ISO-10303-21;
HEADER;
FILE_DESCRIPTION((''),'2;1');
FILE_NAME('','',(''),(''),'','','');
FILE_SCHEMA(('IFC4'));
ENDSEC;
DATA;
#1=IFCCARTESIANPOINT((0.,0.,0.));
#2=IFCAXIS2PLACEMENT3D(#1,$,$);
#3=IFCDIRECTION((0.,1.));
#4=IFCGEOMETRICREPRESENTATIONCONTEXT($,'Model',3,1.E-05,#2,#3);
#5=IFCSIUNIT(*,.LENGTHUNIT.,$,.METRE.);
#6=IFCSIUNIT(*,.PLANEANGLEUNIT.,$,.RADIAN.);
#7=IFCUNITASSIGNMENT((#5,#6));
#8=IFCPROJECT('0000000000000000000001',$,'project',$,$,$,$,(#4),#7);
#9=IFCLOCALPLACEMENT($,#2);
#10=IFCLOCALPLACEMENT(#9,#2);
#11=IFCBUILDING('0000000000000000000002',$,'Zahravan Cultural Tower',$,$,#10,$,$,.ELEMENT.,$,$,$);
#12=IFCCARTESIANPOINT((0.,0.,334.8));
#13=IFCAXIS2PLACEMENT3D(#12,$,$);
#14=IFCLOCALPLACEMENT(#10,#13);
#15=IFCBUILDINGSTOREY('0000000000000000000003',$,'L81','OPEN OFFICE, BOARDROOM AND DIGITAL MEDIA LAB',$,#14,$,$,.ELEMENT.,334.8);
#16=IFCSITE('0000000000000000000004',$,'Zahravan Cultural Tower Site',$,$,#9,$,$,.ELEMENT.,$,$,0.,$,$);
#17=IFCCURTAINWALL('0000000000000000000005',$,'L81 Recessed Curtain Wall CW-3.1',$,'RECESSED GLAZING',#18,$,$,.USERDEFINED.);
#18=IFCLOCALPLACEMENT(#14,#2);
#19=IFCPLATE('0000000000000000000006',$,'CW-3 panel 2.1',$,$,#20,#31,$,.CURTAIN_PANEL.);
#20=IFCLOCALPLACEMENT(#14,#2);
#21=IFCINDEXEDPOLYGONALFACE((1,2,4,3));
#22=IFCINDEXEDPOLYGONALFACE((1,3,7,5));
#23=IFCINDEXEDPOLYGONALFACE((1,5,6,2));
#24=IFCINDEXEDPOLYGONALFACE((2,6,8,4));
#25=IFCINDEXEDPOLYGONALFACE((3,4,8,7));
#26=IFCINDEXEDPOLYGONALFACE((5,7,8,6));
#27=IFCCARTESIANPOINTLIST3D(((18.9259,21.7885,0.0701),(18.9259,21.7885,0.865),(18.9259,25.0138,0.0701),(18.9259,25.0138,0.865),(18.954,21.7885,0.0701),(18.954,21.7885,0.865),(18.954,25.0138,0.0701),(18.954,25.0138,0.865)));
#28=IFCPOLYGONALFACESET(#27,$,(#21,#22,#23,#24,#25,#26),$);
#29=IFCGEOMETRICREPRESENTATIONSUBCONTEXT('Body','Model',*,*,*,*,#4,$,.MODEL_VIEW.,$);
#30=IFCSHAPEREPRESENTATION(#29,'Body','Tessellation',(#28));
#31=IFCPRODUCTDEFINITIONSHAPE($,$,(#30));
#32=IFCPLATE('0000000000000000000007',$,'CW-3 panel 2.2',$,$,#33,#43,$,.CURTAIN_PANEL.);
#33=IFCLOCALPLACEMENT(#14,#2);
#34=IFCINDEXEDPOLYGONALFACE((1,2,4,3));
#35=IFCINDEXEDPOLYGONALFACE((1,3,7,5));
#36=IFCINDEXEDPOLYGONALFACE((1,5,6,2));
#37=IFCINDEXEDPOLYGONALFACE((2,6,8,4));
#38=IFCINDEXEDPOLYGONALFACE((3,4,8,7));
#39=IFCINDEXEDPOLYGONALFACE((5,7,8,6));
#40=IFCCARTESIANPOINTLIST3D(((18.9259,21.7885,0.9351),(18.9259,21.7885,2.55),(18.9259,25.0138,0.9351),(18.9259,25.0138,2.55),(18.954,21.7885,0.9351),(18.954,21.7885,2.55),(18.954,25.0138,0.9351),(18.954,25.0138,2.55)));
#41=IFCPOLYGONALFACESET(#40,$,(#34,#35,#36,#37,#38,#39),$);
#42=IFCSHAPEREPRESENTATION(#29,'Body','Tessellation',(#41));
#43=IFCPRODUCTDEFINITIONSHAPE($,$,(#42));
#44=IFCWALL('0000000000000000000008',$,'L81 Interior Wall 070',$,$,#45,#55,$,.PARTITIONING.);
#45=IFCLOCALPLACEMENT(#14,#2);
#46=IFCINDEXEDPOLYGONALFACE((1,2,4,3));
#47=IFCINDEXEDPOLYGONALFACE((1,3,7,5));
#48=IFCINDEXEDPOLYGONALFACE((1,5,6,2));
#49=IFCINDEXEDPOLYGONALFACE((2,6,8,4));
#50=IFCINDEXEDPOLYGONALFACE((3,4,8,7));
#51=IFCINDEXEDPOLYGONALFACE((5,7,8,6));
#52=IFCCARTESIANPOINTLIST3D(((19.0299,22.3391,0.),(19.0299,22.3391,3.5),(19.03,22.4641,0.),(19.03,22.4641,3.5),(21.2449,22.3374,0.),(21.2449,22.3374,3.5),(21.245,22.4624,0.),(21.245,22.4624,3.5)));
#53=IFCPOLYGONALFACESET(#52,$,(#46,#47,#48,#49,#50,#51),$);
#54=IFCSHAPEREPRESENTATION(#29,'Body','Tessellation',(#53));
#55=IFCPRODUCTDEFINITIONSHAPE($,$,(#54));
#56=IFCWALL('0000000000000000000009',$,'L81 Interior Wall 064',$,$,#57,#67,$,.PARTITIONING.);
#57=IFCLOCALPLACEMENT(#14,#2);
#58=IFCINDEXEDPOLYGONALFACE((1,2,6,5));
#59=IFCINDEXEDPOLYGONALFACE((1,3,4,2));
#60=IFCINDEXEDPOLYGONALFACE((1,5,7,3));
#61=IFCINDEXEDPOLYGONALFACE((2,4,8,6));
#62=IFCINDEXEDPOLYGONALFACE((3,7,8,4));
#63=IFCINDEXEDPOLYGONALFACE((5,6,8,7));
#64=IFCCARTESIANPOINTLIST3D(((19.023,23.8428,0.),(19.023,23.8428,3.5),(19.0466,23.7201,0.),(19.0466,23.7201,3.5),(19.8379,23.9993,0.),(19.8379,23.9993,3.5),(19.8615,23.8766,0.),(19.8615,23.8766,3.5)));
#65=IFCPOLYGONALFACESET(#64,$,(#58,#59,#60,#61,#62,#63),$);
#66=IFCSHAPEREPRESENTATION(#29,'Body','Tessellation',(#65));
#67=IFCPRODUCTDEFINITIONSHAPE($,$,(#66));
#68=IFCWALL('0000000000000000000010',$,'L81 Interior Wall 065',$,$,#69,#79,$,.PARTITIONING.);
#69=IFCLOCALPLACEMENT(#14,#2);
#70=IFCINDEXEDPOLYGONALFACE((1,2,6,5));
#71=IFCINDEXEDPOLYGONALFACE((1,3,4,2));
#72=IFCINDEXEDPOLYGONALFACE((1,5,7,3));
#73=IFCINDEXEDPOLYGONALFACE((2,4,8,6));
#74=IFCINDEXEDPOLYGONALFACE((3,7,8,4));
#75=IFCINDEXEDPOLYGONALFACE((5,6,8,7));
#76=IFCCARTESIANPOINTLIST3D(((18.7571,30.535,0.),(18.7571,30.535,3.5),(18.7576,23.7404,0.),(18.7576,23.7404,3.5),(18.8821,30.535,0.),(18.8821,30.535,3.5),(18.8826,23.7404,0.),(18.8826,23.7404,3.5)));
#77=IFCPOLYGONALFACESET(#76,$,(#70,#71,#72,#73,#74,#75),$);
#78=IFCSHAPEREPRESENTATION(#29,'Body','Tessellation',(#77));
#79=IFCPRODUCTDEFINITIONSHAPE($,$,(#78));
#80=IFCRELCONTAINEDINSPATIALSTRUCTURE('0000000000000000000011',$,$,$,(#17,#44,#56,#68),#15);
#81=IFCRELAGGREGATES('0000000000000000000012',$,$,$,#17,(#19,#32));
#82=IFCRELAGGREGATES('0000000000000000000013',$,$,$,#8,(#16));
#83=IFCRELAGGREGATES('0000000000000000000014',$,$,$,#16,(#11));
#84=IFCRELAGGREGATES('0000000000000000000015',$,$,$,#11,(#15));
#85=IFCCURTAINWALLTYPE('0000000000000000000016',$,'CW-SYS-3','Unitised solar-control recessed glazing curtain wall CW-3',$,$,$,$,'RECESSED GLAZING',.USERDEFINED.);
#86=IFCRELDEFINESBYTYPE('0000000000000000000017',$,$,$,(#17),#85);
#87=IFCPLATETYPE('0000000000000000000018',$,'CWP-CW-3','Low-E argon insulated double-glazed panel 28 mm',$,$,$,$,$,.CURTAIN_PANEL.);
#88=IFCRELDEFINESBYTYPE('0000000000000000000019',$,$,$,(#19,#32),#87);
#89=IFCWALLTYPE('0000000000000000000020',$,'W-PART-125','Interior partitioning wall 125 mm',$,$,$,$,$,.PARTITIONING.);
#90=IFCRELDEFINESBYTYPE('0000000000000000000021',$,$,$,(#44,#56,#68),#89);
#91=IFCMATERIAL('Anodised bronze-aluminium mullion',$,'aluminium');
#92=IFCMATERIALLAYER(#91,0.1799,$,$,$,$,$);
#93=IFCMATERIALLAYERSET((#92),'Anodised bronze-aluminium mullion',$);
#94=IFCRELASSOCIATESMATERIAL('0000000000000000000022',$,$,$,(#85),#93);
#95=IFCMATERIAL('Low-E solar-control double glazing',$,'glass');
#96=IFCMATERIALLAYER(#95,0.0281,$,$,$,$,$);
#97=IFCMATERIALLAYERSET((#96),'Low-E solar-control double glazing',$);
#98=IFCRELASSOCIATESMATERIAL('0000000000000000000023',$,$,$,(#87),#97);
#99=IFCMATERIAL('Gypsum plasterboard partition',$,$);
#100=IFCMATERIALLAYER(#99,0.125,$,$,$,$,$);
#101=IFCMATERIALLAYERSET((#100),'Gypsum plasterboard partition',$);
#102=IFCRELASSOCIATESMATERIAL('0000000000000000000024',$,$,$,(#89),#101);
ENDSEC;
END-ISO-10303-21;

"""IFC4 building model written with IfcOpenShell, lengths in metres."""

from ifc_helpers import new_model, si_unit, direction, frame, frame_2d, origin, origin_2d, place, context, subcontext, project, spatial, rectangle, extrude, source, transform, mapped, material, layer, layer_set, type_object, element, aggregate, save


model = new_model("IFC4")

# Units and contexts
model_context = context("Model", 3, precision=1e-05, world=origin(), true_north=direction((0.0, 1.0)))
body_context = subcontext(model_context, "Body", "Model", "MODEL_VIEW")
ifc_project = project(units=[si_unit("LENGTHUNIT", "METRE"), si_unit("PLANEANGLEUNIT", "RADIAN")], contexts=[model_context])

# Site, building, storey
site_placement = place(None, origin())
site = spatial("IfcSite", under=ifc_project, at=site_placement, Name="Zahravan Cultural Tower Site", CompositionType="ELEMENT", RefElevation=0.0)
building_placement = place(site_placement, origin())
building = spatial("IfcBuilding", under=site, at=building_placement, Name="Zahravan Cultural Tower", CompositionType="ELEMENT")
storey_placement = place(building_placement, frame((0.0, 0.0, 334.8)))
storey = spatial("IfcBuildingStorey", under=building, at=storey_placement, Name="L81", Description="OPEN OFFICE, BOARDROOM AND DIGITAL MEDIA LAB", CompositionType="ELEMENT", Elevation=334.8)

# Curtain wall, plates
ifc_material_1 = material(Name="Anodised bronze-aluminium mullion", Category="aluminium")
ifc_layer_1 = layer(ifc_material_1, 0.1799)
ifc_layer_set_1 = layer_set([ifc_layer_1], Name="Anodised bronze-aluminium mullion")
curtain_wall_type = type_object("IfcCurtainWallType", Name="CW-SYS-3", Description="Unitised solar-control recessed glazing curtain wall CW-3", ElementType="RECESSED GLAZING", PredefinedType="USERDEFINED", material=ifc_layer_set_1)
curtain_wall_placement = place(storey_placement, origin())
curtain_wall = element("IfcCurtainWall", 1, at=curtain_wall_placement, inside=storey, type_object=curtain_wall_type, Name="L81 Recessed Curtain Wall CW-3.1", ObjectType="RECESSED GLAZING", PredefinedType="USERDEFINED")
ifc_material_2 = material(Name="Low-E solar-control double glazing", Category="glass")
ifc_layer_2 = layer(ifc_material_2, 0.0281)
ifc_layer_set_2 = layer_set([ifc_layer_2], Name="Low-E solar-control double glazing")
plate_type = type_object("IfcPlateType", Name="CWP-CW-3", Description="Low-E argon insulated double-glazed panel 28 mm", PredefinedType="CURTAIN_PANEL", material=ifc_layer_set_2)
shared_shape_1 = source(origin(), body_context, "Body", "SweptSolid", [
    extrude(rectangle(XDim=3.2253, YDim=0.0281, at=origin_2d()), origin(), (0.0, 0.0, 1.0), 0.7949),
])
plate_1_placement = place(storey_placement, frame((18.9399, 23.4011, 0.0701), z_axis=(0.0, 0.0, 1.0), x_axis=(0.0, 1.0, 0.0)))
plate_1 = element("IfcPlate", 2, at=plate_1_placement, type_object=plate_type, Name="CW-3 panel 2.1", PredefinedType="CURTAIN_PANEL", context=body_context, shape_type="MappedRepresentation", body=[
    mapped(shared_shape_1, transform((0.0, 0.0, 0.0), x_axis=(1.0, 0.0, 0.0), y_axis=(0.0, 1.0, 0.0), z_axis=(0.0, 0.0, 1.0), scale=1.0)),
])
shared_shape_2 = source(origin(), body_context, "Body", "SweptSolid", [
    extrude(rectangle(XDim=3.2253, YDim=0.0281, at=origin_2d()), origin(), (0.0, 0.0, 1.0), 1.615),
])
plate_2_placement = place(storey_placement, frame((18.9399, 23.4011, 0.9351), z_axis=(0.0, 0.0, 1.0), x_axis=(0.0, 1.0, 0.0)))
plate_2 = element("IfcPlate", 3, at=plate_2_placement, type_object=plate_type, Name="CW-3 panel 2.2", PredefinedType="CURTAIN_PANEL", context=body_context, shape_type="MappedRepresentation", body=[
    mapped(shared_shape_2, transform((0.0, 0.0, 0.0), x_axis=(1.0, 0.0, 0.0), y_axis=(0.0, 1.0, 0.0), z_axis=(0.0, 0.0, 1.0), scale=1.0)),
])
aggregate(curtain_wall, [plate_1, plate_2])

# Shared definitions
ifc_material_3 = material(Name="Gypsum plasterboard partition")
ifc_layer_3 = layer(ifc_material_3, 0.125)
ifc_layer_set_3 = layer_set([ifc_layer_3], Name="Gypsum plasterboard partition")
wall_type = type_object("IfcWallType", Name="W-PART-125", Description="Interior partitioning wall 125 mm", PredefinedType="PARTITIONING", material=ifc_layer_set_3)

# Walls
shared_shape_3 = source(origin(), body_context, "Body", "SweptSolid", [
    extrude(rectangle(XDim=2.2151, YDim=0.125, at=frame_2d((1.1074, 0.0))), origin(), (0.0, 0.0, 1.0), 3.5),
])
wall_1_placement = place(storey_placement, frame((19.03, 22.4016, 0.0), z_axis=(0.0, 0.0, 1.0), x_axis=(1.0, -0.000772, 0.0)))
element("IfcWall", 4, at=wall_1_placement, inside=storey, type_object=wall_type, Name="L81 Interior Wall 070", PredefinedType="PARTITIONING", context=body_context, shape_type="MappedRepresentation", body=[
    mapped(shared_shape_3, transform((0.0, 0.0, 0.0), x_axis=(1.0, 0.0, 0.0), y_axis=(0.0, 1.0, 0.0), z_axis=(0.0, 0.0, 1.0), scale=1.0)),
])
shared_shape_4 = source(origin(), body_context, "Body", "SweptSolid", [
    extrude(rectangle(XDim=0.8298, YDim=0.125, at=frame_2d((0.415, 0.0))), origin(), (0.0, 0.0, 1.0), 3.5),
])
wall_2_placement = place(storey_placement, frame((19.8499, 23.938, 0.0), z_axis=(0.0, 0.0, 1.0), x_axis=(-0.982057, -0.188585, 0.0)))
element("IfcWall", 5, at=wall_2_placement, inside=storey, type_object=wall_type, Name="L81 Interior Wall 064", PredefinedType="PARTITIONING", context=body_context, shape_type="MappedRepresentation", body=[
    mapped(shared_shape_4, transform((0.0, 0.0, 0.0), x_axis=(1.0, 0.0, 0.0), y_axis=(0.0, 1.0, 0.0), z_axis=(0.0, 0.0, 1.0), scale=1.0)),
])
shared_shape_5 = source(origin(), body_context, "Body", "SweptSolid", [
    extrude(rectangle(XDim=6.7947, YDim=0.125, at=frame_2d((3.3975, 0.0))), origin(), (0.0, 0.0, 1.0), 3.5),
])
wall_3_placement = place(storey_placement, frame((18.8201, 23.7402, 0.0), z_axis=(0.0, 0.0, 1.0), x_axis=(-0.000072, 1.0, 0.0)))
element("IfcWall", 6, at=wall_3_placement, inside=storey, type_object=wall_type, Name="L81 Interior Wall 065", PredefinedType="PARTITIONING", context=body_context, shape_type="MappedRepresentation", body=[
    mapped(shared_shape_5, transform((0.0, 0.0, 0.0), x_axis=(1.0, 0.0, 0.0), y_axis=(0.0, 1.0, 0.0), z_axis=(0.0, 0.0, 1.0), scale=1.0)),
])

save(model, "model.ifc")
